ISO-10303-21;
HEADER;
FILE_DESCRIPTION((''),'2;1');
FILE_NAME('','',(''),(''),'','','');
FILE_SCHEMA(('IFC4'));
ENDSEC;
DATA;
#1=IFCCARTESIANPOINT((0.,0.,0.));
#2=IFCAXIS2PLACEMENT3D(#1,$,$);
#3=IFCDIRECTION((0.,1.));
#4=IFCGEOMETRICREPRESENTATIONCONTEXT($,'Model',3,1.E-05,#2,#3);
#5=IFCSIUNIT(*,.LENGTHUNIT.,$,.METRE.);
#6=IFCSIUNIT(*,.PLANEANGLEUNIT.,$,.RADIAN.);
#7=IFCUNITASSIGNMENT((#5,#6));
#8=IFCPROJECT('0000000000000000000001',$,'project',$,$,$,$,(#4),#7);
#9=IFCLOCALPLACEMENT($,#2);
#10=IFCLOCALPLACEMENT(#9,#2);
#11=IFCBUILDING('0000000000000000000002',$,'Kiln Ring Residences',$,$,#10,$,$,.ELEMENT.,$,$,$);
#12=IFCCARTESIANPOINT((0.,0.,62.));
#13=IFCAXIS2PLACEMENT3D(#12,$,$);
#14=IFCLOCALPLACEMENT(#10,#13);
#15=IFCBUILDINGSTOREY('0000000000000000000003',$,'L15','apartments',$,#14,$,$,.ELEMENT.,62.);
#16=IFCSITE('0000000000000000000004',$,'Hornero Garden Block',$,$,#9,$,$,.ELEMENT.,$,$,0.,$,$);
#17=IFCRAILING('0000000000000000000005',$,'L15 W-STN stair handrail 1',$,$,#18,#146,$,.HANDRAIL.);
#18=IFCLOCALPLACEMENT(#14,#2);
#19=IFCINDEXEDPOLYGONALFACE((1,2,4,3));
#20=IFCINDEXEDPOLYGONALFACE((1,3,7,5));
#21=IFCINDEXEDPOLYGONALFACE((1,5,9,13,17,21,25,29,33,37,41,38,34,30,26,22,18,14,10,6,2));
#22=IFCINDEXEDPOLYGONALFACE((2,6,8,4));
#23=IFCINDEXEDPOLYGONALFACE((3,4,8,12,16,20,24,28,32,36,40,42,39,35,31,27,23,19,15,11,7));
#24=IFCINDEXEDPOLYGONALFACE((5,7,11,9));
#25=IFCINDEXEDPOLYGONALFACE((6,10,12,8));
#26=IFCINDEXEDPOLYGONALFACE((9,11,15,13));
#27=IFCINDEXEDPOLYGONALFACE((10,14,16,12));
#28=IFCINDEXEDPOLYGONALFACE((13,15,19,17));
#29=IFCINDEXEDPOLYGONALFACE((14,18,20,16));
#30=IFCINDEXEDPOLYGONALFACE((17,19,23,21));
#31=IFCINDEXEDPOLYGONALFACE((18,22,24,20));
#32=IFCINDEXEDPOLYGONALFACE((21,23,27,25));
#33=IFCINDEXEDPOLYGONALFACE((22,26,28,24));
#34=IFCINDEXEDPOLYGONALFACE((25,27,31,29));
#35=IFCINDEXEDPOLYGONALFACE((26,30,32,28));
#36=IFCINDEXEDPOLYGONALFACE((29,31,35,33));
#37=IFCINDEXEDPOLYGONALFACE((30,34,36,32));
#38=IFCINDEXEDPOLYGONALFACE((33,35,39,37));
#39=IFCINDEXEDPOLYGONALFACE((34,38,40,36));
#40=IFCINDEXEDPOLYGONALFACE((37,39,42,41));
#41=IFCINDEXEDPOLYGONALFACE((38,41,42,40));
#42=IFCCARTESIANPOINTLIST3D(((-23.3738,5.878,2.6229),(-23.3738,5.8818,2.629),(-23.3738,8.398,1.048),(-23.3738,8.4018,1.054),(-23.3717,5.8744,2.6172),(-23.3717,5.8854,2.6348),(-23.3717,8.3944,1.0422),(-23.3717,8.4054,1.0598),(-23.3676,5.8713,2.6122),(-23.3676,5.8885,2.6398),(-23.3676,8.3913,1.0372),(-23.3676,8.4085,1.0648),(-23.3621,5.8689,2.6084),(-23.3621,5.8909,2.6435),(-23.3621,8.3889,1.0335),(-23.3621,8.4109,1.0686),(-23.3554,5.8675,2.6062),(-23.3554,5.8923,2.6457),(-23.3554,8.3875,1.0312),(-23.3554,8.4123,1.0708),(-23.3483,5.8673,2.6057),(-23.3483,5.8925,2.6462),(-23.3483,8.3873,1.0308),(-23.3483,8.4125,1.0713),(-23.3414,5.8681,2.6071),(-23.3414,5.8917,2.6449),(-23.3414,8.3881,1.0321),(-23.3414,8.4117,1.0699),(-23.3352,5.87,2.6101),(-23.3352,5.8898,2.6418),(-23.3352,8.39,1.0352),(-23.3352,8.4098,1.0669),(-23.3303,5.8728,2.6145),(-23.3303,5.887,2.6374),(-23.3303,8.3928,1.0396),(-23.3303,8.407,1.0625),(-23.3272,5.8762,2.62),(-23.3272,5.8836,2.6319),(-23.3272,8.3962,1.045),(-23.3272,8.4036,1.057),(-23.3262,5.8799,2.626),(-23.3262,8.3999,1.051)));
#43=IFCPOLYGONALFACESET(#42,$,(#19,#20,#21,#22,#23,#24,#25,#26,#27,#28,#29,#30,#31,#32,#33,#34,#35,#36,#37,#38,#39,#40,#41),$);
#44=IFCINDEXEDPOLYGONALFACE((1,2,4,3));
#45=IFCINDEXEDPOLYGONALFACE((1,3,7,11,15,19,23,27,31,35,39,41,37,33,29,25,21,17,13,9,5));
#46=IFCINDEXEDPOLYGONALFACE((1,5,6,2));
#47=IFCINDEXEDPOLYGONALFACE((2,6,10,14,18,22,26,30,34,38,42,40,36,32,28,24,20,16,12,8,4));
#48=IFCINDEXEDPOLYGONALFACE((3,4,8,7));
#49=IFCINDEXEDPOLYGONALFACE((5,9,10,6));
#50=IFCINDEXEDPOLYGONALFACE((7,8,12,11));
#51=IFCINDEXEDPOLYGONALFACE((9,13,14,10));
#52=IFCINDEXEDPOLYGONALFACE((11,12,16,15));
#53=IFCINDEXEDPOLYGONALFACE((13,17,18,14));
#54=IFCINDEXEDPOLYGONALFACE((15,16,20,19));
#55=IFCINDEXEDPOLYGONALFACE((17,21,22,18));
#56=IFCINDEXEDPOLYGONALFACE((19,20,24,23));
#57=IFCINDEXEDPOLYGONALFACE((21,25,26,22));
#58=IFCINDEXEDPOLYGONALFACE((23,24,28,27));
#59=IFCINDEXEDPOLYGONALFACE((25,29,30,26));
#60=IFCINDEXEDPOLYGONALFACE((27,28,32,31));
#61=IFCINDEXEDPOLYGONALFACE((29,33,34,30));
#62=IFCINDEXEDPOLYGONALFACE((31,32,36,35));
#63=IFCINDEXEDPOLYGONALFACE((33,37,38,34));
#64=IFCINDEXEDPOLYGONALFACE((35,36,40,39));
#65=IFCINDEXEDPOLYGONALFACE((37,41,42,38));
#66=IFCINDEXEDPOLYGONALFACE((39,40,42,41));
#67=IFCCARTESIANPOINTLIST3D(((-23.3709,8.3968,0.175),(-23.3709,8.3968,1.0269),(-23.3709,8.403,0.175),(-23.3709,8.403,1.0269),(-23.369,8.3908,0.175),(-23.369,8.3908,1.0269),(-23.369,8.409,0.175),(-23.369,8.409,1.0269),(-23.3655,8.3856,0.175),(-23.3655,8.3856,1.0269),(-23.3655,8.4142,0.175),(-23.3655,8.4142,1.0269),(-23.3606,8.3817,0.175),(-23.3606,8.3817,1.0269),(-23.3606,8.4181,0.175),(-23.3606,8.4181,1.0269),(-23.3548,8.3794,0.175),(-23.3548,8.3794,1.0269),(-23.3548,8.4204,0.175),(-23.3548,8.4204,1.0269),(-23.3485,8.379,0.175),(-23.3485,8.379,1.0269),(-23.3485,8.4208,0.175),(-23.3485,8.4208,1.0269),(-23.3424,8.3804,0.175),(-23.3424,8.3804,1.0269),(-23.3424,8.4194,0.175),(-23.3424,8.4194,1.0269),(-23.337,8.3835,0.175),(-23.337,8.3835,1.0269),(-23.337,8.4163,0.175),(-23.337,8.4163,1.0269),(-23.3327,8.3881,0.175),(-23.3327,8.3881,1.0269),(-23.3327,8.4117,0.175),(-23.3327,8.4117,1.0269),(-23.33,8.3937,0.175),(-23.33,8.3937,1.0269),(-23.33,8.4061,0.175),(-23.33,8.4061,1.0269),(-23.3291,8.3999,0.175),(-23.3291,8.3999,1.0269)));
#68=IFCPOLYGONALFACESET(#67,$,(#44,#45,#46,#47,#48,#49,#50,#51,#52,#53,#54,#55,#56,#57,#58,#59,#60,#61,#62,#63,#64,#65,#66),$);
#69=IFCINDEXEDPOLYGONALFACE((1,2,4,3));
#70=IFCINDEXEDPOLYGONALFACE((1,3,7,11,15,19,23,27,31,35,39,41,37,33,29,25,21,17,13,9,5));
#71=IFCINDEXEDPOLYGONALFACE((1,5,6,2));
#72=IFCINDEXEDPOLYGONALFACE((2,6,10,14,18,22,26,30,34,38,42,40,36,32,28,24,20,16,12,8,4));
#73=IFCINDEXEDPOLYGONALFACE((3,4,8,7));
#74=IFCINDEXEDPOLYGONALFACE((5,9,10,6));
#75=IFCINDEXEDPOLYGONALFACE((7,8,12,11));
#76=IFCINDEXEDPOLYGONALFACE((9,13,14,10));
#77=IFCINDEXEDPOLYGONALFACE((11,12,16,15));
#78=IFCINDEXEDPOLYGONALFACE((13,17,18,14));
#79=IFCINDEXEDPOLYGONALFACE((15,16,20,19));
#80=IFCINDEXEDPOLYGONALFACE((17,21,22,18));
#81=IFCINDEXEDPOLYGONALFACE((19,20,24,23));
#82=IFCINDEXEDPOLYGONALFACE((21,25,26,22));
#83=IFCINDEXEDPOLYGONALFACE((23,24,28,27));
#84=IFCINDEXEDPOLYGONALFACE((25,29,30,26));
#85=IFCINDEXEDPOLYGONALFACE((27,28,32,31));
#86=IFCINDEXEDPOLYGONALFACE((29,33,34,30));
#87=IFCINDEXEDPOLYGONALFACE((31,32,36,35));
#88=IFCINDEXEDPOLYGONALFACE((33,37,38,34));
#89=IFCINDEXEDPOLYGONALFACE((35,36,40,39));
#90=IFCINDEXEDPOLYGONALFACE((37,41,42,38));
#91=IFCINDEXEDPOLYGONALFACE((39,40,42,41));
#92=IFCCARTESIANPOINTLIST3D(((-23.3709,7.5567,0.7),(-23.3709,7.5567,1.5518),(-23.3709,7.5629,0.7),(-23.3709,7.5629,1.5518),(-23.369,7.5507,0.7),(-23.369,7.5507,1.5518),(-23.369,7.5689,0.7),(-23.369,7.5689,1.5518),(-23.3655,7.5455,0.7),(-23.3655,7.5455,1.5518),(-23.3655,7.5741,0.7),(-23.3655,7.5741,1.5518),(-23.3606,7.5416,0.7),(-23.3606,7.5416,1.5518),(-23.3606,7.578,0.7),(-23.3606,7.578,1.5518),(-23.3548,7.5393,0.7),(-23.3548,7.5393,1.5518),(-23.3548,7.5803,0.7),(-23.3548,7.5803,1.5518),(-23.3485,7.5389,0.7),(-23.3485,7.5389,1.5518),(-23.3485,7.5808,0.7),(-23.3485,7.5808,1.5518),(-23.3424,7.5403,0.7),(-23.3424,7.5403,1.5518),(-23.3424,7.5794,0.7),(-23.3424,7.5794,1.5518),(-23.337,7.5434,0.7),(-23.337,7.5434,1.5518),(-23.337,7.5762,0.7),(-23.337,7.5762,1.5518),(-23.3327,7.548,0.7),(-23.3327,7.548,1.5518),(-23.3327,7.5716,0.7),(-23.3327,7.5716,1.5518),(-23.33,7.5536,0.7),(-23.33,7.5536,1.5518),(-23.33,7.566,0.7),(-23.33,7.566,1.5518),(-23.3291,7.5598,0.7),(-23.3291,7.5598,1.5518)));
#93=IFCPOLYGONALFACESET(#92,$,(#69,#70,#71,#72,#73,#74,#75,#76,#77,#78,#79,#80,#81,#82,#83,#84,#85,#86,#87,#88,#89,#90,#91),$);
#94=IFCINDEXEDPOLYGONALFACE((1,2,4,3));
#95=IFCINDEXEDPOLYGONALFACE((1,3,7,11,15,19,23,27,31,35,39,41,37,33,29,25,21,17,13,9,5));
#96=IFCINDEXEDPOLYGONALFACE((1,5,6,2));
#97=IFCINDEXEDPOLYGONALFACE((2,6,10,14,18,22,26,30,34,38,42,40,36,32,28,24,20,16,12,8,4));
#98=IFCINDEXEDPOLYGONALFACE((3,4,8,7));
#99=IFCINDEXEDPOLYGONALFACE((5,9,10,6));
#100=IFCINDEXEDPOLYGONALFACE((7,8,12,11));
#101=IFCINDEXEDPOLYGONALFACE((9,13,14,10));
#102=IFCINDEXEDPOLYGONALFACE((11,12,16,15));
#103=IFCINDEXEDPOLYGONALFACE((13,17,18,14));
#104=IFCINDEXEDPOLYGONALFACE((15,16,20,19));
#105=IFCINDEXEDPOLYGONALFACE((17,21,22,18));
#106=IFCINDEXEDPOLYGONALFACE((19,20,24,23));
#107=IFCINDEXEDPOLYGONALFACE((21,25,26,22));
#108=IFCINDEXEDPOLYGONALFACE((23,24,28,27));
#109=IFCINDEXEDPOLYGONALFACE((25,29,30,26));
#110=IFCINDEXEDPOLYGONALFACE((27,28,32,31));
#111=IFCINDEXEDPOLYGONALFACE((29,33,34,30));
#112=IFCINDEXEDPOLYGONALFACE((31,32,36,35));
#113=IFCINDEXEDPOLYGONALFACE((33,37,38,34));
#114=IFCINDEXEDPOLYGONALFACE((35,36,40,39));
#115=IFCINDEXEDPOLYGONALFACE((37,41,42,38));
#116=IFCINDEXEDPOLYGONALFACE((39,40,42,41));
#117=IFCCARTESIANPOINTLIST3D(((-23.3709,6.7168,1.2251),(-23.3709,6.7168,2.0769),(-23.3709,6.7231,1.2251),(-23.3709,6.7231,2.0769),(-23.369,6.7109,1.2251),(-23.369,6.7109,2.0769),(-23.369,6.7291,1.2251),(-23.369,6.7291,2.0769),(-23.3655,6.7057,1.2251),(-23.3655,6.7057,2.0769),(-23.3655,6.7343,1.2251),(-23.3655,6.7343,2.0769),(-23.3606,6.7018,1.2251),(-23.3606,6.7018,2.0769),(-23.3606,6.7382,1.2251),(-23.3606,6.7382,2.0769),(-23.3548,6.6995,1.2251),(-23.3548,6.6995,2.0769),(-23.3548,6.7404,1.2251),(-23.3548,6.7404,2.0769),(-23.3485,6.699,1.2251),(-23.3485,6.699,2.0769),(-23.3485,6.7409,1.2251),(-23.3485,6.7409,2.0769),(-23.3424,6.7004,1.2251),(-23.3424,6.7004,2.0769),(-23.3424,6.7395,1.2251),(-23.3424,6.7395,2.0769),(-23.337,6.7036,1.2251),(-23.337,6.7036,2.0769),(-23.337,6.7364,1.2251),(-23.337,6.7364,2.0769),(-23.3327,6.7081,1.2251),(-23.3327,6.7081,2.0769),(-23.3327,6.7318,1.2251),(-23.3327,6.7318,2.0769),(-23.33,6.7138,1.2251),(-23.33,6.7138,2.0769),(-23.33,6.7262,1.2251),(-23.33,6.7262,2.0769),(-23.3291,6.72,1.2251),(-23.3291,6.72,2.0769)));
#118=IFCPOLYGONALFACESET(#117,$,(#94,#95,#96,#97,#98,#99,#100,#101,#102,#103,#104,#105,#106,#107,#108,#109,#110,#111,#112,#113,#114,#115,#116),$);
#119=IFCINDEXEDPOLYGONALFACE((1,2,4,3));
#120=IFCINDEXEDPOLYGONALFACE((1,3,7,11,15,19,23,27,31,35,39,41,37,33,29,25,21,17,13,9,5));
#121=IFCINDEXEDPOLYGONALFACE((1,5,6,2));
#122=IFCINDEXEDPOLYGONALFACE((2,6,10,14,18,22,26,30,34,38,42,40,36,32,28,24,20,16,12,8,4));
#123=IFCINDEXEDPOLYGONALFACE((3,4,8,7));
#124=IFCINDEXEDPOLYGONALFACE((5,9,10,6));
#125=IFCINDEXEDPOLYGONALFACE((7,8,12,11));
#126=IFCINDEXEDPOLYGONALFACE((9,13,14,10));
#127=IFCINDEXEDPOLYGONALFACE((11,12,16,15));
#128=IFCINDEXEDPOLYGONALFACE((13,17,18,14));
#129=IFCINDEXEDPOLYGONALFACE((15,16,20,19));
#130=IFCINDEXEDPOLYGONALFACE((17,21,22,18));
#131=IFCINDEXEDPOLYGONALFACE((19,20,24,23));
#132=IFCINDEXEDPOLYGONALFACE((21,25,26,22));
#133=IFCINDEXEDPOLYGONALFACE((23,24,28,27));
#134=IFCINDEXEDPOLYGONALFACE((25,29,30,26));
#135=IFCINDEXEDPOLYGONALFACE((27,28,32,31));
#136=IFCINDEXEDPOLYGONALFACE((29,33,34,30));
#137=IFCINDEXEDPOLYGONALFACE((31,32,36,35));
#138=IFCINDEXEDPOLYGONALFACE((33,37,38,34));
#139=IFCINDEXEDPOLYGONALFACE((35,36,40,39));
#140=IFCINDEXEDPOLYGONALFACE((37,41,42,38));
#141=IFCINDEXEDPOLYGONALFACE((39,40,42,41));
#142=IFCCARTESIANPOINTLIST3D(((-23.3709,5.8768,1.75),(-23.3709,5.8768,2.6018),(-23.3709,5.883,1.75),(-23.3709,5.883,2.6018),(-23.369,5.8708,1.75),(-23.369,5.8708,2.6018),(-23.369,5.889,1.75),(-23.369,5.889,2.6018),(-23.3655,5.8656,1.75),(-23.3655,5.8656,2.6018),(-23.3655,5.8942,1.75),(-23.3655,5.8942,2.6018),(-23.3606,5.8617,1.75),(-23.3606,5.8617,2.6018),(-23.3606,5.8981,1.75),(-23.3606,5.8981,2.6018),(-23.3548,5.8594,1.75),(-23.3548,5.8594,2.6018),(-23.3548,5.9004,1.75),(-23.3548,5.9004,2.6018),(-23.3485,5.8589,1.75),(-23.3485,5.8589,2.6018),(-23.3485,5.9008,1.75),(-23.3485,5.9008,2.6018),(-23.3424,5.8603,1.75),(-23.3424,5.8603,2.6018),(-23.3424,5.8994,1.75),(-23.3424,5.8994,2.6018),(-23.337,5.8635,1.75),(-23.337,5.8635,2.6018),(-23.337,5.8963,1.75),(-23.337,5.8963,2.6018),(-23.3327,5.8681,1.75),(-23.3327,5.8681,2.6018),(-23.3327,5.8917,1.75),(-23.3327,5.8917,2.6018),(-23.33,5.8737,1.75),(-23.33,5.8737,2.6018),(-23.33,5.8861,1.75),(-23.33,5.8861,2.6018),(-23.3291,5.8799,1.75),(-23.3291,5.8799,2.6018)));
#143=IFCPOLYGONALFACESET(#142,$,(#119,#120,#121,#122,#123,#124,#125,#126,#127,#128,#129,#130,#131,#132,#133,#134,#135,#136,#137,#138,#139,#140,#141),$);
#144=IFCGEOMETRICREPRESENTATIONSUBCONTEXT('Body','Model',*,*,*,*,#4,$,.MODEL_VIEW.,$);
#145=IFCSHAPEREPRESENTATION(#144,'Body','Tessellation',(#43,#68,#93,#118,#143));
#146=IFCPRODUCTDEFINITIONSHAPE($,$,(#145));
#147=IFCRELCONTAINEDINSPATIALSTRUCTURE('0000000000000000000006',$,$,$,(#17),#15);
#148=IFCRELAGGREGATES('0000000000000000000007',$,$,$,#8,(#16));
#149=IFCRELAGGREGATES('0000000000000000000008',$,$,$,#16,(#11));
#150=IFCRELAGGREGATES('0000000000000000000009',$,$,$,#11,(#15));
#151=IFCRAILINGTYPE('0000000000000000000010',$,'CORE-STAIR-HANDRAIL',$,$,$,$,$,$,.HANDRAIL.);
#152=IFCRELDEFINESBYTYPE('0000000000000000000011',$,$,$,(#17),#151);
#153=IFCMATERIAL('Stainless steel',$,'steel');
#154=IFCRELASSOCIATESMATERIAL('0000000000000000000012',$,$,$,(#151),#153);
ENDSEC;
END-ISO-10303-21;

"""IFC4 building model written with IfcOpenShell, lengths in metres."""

from ifc_helpers import new_model, si_unit, direction, frame, origin, origin_2d, place, context, subcontext, project, spatial, circle, extrude, material, type_object, element, save


model = new_model("IFC4")

# Units and contexts
model_context = context("Model", 3, precision=1e-05, world=origin(), true_north=direction((0.0, 1.0)))
body_context = subcontext(model_context, "Body", "Model", "MODEL_VIEW")
ifc_project = project(units=[si_unit("LENGTHUNIT", "METRE"), si_unit("PLANEANGLEUNIT", "RADIAN")], contexts=[model_context])

# Site, building, storey
site_placement = place(None, origin())
site = spatial("IfcSite", under=ifc_project, at=site_placement, Name="Hornero Garden Block", CompositionType="ELEMENT", RefElevation=0.0)
building_placement = place(site_placement, origin())
building = spatial("IfcBuilding", under=site, at=building_placement, Name="Kiln Ring Residences", CompositionType="ELEMENT")
storey_placement = place(building_placement, frame((0.0, 0.0, 62.0)))
storey = spatial("IfcBuildingStorey", under=building, at=storey_placement, Name="L15", Description="apartments", CompositionType="ELEMENT", Elevation=62.0)

# Railing
ifc_material_1 = material(Name="Stainless steel", Category="steel")
railing_type_1 = type_object("IfcRailingType", Name="CORE-STAIR-HANDRAIL", PredefinedType="HANDRAIL", material=ifc_material_1)
railing_1_placement = place(storey_placement, frame((-23.3501, 8.3999, 0.175)))
element("IfcRailing", 1, at=railing_1_placement, inside=storey, type_object=railing_type_1, Name="L15 W-STN stair handrail 1", PredefinedType="HANDRAIL", context=body_context, shape_type="SweptSolid", body=[
    extrude(circle(Radius=0.0239, at=origin_2d()), frame((0.0, 0.0, 0.876), z_axis=(0.0, -0.848008, 0.529984), x_axis=(1.0, 0.0, 0.0)), (0.0, 0.0, 1.0), 2.9717),
    extrude(circle(Radius=0.021, at=origin_2d()), origin(), (0.0, 0.0, 1.0), 0.8518),
    extrude(circle(Radius=0.021, at=origin_2d()), frame((0.0, -0.8401, 0.5249)), (0.0, 0.0, 1.0), 0.8518),
    extrude(circle(Radius=0.021, at=origin_2d()), frame((0.0, -1.6799, 1.05)), (0.0, 0.0, 1.0), 0.8518),
    extrude(circle(Radius=0.021, at=origin_2d()), frame((0.0, -2.52, 1.575)), (0.0, 0.0, 1.0), 0.8518),
])

save(model, "model.ifc")
